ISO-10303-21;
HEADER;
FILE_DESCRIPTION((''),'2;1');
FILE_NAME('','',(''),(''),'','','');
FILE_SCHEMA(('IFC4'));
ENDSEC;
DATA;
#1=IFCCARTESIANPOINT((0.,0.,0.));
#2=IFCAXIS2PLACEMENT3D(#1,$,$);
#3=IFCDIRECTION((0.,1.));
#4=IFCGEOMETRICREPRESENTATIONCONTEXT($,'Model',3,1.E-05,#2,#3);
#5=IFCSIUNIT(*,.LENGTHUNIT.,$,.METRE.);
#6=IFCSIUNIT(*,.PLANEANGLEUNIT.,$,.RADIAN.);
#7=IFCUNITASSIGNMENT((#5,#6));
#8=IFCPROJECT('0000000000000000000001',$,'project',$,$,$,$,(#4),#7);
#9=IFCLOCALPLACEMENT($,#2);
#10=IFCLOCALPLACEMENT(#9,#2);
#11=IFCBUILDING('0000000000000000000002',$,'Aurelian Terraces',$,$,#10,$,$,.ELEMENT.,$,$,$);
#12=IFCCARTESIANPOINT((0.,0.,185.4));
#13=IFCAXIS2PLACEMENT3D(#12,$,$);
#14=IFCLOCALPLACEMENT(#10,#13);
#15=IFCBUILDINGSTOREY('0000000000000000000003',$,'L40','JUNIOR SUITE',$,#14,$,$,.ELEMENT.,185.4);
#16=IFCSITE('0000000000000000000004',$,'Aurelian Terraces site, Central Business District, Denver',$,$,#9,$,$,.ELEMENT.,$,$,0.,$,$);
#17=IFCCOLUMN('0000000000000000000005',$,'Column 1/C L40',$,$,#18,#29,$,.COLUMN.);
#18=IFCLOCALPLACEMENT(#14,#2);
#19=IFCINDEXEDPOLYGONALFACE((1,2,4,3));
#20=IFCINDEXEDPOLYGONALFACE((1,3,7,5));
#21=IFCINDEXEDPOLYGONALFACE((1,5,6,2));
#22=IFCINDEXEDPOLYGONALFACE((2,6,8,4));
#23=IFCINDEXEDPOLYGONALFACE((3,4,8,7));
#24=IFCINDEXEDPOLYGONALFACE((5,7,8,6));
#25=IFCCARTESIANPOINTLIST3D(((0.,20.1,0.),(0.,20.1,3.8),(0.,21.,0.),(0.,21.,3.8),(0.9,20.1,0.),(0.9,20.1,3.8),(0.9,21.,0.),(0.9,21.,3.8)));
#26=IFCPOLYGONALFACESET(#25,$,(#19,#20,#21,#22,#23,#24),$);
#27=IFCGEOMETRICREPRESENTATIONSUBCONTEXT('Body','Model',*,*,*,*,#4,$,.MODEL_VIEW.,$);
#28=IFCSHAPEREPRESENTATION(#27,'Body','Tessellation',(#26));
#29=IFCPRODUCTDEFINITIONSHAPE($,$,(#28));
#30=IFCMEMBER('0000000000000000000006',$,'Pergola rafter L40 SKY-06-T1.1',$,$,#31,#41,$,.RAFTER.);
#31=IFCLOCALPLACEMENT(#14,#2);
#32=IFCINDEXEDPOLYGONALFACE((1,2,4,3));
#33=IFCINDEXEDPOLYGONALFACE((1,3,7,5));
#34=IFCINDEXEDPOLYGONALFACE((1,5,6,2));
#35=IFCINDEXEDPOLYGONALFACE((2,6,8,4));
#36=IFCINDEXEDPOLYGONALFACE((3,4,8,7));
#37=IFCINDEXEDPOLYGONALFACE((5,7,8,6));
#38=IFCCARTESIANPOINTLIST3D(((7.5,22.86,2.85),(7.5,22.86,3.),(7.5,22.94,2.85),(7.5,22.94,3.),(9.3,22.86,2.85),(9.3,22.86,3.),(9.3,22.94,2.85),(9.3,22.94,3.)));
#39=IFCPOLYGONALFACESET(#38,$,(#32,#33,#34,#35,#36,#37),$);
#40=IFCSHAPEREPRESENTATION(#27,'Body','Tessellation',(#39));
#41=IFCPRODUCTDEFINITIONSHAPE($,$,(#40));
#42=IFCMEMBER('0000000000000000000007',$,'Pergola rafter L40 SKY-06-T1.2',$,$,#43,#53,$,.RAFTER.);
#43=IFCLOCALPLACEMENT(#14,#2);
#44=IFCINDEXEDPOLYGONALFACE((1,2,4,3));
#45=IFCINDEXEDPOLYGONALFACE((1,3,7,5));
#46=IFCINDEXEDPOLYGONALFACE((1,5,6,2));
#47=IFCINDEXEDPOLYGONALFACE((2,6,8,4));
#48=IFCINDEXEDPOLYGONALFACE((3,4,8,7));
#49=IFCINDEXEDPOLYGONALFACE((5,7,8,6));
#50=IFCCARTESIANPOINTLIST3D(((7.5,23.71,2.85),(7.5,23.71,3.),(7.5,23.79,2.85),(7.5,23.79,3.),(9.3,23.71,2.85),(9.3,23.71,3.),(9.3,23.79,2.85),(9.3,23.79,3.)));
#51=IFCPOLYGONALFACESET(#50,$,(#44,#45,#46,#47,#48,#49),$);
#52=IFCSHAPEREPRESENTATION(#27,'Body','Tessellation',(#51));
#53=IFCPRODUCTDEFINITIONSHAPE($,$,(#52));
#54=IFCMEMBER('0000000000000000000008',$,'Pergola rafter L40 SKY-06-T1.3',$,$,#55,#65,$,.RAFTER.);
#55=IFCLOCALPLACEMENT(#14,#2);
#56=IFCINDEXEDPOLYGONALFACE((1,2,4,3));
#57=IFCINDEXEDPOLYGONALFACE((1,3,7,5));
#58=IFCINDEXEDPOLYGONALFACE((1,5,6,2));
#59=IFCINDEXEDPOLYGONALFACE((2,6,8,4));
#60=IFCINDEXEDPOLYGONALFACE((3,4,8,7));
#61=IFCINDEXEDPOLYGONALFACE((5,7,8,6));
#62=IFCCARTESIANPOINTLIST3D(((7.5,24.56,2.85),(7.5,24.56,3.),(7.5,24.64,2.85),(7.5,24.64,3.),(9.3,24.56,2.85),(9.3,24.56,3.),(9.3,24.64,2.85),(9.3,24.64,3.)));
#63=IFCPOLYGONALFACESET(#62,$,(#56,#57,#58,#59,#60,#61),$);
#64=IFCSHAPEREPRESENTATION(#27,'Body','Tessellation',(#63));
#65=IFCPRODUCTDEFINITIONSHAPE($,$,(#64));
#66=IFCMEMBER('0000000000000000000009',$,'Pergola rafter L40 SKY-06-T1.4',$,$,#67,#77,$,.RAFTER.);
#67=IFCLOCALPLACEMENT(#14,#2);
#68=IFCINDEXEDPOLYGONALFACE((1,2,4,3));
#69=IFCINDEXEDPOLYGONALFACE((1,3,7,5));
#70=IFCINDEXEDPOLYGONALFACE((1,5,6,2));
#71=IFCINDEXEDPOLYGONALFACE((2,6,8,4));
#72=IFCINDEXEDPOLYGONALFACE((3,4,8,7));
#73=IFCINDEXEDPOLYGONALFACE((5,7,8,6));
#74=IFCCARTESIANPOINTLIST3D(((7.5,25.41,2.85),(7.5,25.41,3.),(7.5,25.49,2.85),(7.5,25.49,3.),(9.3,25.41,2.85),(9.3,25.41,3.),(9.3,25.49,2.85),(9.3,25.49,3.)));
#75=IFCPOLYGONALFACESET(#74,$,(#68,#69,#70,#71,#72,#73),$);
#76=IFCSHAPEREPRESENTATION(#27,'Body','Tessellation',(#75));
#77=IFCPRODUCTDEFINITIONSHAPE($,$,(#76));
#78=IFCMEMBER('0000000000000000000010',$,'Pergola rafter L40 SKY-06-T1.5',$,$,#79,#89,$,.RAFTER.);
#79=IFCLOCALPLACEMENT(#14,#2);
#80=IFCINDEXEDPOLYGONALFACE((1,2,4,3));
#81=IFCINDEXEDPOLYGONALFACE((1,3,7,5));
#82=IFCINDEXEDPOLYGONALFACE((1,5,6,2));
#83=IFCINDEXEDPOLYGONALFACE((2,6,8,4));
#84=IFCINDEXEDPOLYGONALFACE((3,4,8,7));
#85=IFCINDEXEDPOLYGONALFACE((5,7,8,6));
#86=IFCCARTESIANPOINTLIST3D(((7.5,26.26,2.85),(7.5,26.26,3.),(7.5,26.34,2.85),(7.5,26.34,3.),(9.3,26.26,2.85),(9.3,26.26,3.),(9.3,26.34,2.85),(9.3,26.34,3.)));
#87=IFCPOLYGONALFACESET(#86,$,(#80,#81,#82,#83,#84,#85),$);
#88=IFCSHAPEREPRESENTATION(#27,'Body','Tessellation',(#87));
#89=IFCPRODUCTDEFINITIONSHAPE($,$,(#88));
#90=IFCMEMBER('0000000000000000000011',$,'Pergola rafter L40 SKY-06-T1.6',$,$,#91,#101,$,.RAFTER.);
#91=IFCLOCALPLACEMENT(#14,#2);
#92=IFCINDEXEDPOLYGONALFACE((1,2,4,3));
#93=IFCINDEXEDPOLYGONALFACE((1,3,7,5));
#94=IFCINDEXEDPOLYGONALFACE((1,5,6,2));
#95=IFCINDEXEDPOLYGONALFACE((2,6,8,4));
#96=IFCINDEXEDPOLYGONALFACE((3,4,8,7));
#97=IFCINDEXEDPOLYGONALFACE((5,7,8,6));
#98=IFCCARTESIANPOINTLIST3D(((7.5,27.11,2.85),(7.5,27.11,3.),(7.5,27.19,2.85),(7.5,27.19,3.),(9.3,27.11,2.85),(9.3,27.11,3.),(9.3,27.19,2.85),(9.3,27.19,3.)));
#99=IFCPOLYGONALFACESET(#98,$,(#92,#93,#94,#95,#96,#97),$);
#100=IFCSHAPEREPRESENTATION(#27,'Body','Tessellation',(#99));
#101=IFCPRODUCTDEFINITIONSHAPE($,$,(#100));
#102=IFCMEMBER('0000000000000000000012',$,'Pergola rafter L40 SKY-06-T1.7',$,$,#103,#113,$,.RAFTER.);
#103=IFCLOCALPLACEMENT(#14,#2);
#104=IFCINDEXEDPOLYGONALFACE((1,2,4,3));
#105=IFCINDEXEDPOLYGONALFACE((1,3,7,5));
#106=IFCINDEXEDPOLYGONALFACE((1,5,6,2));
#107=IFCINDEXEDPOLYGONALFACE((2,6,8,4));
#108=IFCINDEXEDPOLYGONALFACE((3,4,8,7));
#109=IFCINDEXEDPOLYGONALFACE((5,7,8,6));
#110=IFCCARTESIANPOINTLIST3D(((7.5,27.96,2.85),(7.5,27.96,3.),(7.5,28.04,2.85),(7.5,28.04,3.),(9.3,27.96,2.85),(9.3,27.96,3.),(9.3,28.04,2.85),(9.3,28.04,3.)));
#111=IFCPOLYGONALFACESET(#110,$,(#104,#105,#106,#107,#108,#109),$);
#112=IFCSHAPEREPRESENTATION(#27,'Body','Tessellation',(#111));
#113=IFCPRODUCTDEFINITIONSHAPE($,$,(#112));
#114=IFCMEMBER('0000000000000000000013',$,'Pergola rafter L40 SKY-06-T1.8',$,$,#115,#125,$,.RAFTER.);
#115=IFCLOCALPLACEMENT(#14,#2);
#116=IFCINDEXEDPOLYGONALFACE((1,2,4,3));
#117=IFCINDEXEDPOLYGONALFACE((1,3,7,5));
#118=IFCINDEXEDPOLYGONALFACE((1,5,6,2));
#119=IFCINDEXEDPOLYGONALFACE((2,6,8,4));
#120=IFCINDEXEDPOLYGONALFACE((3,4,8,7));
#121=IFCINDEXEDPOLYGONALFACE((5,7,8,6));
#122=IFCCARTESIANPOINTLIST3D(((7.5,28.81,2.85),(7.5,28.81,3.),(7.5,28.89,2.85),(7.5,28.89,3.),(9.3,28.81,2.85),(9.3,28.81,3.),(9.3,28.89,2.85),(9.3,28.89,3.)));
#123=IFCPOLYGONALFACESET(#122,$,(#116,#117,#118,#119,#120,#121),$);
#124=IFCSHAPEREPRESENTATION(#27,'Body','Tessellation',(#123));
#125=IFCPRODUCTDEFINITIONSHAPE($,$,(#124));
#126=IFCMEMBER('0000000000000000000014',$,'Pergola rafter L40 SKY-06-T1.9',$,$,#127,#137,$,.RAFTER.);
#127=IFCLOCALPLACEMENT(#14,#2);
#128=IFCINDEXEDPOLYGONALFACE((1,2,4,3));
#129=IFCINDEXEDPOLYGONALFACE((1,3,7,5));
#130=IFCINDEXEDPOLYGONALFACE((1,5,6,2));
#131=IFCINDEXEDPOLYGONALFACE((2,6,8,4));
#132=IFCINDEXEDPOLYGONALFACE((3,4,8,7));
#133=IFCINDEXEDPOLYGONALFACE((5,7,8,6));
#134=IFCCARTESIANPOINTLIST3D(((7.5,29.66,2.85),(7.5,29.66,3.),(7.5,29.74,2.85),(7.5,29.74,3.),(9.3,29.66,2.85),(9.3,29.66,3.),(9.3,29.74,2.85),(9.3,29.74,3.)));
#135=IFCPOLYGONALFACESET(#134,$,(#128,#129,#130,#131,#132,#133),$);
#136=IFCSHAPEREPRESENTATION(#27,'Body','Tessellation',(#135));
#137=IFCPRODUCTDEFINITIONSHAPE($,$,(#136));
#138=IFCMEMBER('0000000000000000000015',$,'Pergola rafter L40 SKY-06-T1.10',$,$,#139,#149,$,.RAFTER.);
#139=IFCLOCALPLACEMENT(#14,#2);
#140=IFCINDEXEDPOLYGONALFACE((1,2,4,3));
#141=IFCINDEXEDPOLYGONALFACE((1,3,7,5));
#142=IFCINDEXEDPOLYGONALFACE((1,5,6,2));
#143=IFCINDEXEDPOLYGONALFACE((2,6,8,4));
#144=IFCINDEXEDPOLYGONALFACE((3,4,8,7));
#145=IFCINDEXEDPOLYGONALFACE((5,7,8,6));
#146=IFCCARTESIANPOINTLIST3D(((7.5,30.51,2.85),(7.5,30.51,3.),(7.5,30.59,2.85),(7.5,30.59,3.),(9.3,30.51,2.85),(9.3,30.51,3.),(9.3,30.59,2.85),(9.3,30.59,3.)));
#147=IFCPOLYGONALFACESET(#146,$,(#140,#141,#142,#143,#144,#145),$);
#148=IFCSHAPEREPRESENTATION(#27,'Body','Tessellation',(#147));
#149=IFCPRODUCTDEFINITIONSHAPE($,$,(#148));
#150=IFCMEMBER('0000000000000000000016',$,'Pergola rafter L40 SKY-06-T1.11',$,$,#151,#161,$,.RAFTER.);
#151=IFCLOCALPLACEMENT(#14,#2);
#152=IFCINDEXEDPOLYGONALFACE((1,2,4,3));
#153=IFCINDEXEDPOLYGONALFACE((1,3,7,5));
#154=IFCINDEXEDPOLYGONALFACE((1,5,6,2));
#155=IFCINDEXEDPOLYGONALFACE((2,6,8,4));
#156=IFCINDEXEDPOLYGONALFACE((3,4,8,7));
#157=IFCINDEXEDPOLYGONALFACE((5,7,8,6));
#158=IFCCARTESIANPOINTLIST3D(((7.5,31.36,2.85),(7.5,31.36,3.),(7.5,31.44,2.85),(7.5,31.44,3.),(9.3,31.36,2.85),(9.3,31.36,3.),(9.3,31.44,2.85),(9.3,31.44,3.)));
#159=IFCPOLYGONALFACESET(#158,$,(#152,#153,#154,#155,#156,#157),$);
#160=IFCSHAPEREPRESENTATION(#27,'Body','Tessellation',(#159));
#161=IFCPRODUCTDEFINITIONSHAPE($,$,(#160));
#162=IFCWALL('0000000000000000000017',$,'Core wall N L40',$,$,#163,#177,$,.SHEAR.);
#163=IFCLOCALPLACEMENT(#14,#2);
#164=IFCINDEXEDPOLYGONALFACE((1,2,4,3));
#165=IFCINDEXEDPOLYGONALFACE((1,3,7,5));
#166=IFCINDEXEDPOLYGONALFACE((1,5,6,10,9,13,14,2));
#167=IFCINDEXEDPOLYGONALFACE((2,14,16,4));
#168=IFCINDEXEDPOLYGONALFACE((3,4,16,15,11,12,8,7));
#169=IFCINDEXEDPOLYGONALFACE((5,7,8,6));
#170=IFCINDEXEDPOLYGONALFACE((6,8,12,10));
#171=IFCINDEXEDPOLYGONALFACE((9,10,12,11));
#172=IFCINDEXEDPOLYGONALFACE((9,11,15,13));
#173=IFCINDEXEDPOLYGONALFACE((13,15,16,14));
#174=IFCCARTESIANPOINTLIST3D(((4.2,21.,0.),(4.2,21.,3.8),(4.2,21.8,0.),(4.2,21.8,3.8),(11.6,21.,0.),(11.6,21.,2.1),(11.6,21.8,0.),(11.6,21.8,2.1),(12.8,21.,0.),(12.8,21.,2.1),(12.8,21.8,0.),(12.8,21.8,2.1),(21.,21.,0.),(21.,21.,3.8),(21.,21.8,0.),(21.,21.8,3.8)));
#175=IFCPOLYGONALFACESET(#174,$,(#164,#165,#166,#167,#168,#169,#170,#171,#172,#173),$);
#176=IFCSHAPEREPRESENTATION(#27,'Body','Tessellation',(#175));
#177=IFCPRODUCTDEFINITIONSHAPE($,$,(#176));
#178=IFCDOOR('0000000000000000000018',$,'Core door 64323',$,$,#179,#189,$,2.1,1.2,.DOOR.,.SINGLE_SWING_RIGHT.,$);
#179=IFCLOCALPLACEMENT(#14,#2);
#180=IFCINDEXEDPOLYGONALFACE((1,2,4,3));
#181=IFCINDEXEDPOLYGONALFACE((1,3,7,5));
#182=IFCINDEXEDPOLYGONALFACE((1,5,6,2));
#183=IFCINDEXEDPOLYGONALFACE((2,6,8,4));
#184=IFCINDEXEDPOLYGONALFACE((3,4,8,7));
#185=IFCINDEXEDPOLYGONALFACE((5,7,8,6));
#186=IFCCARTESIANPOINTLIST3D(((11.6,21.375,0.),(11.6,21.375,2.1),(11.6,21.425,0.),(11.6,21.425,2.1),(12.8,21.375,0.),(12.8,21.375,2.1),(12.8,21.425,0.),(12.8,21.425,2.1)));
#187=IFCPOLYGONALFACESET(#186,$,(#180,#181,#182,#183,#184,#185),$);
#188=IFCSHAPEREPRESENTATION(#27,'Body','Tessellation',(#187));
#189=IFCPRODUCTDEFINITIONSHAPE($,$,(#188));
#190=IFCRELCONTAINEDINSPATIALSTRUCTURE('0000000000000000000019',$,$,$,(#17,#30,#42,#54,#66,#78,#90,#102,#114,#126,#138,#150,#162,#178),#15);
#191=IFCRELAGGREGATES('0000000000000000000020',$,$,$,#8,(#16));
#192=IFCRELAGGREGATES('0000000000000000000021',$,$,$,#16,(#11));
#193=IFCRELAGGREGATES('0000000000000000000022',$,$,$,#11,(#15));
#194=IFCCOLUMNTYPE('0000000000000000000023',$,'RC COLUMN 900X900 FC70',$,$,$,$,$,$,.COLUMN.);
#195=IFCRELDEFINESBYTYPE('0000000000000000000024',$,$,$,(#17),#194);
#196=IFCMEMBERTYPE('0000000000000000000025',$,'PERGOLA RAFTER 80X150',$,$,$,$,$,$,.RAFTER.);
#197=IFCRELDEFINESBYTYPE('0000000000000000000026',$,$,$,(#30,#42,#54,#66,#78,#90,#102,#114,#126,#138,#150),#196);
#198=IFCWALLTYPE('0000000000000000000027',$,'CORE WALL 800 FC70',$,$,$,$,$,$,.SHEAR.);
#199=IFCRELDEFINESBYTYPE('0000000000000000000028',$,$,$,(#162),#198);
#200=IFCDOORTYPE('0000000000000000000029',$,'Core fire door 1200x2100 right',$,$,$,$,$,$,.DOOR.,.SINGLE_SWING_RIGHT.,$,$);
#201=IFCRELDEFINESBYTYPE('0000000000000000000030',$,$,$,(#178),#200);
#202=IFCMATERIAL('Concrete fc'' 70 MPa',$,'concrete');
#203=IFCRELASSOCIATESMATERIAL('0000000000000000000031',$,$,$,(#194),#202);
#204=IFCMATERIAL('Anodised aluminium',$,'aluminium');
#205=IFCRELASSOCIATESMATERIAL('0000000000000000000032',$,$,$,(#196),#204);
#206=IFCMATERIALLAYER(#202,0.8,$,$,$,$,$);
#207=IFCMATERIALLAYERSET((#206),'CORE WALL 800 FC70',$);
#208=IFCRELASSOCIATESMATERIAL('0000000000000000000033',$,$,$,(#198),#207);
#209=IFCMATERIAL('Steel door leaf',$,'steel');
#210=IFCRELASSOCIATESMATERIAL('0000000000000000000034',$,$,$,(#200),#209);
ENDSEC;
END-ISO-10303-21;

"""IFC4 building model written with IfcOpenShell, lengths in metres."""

from ifc_helpers import new_model, si_unit, direction, frame, frame_2d, origin, origin_2d, place, context, subcontext, project, spatial, rectangle, extrude, source, transform, mapped, material, layer, layer_set, material_profile, profile_set, type_object, element, fill, save


model = new_model("IFC4")

# Units and contexts
model_context = context("Model", 3, precision=1e-05, world=origin(), true_north=direction((0.0, 1.0)))
body_context = subcontext(model_context, "Body", "Model", "MODEL_VIEW")
ifc_project = project(units=[si_unit("LENGTHUNIT", "METRE"), si_unit("PLANEANGLEUNIT", "RADIAN")], contexts=[model_context])

# Site, building, storey
site_placement = place(None, origin())
site = spatial("IfcSite", under=ifc_project, at=site_placement, Name="Aurelian Terraces site, Central Business District, Denver", CompositionType="ELEMENT", RefElevation=0.0)
building_placement = place(site_placement, origin())
building = spatial("IfcBuilding", under=site, at=building_placement, Name="Aurelian Terraces", CompositionType="ELEMENT")
storey_placement = place(building_placement, frame((0.0, 0.0, 185.4)))
storey = spatial("IfcBuildingStorey", under=building, at=storey_placement, Name="L40", Description="JUNIOR SUITE", CompositionType="ELEMENT", Elevation=185.4)

# Column
ifc_material_1 = material(Name="Concrete fc' 70 MPa", Category="concrete")
ifc_material_profile_1 = material_profile(ifc_material_1, rectangle(XDim=0.9, YDim=0.9, at=origin_2d()))
ifc_profile_set_1 = profile_set([ifc_material_profile_1], Name="Concrete fc' 70 MPa")
column_type = type_object("IfcColumnType", Name="RC COLUMN 900X900 FC70", PredefinedType="COLUMN", material=ifc_profile_set_1)
shared_shape_1 = source(origin(), body_context, "Body", "SweptSolid", [
    extrude(rectangle(XDim=0.9, YDim=0.9, at=origin_2d()), origin(), (0.0, 0.0, 1.0), 3.8),
])
column_placement = place(storey_placement, frame((0.45, 20.55, 0.0), z_axis=(0.0, 0.0, 1.0), x_axis=(1.0, 0.0, 0.0)))
element("IfcColumn", 1, at=column_placement, inside=storey, type_object=column_type, Name="Column 1/C L40", PredefinedType="COLUMN", context=body_context, shape_type="MappedRepresentation", body=[
    mapped(shared_shape_1, transform((0.0, 0.0, 0.0), scale=1.0)),
])

# Members
ifc_material_2 = material(Name="Anodised aluminium", Category="aluminium")
ifc_material_profile_2 = material_profile(ifc_material_2, rectangle(XDim=0.08, YDim=0.15, at=origin_2d()))
ifc_profile_set_2 = profile_set([ifc_material_profile_2], Name="Anodised aluminium")
member_type = type_object("IfcMemberType", Name="PERGOLA RAFTER 80X150", PredefinedType="RAFTER", material=ifc_profile_set_2)
shared_shape_2 = source(origin(), body_context, "Body", "SweptSolid", [
    extrude(rectangle(XDim=0.08, YDim=0.15, at=origin_2d()), origin(), (0.0, 0.0, 1.0), 1.8),
])
for number, where, z_axis, x_axis, name in (
    (2, (7.5, 22.9, 2.925), (1.0, 0.0, 0.0), (0.0, 1.0, 0.0), "Pergola rafter L40 SKY-06-T1.1"),
    (3, (7.5, 23.75, 2.925), (1.0, 0.0, 0.0), (0.0, 1.0, 0.0), "Pergola rafter L40 SKY-06-T1.2"),
    (4, (7.5, 24.6, 2.925), (1.0, 0.0, 0.0), (0.0, 1.0, 0.0), "Pergola rafter L40 SKY-06-T1.3"),
    (5, (7.5, 25.45, 2.925), (1.0, 0.0, 0.0), (0.0, 1.0, 0.0), "Pergola rafter L40 SKY-06-T1.4"),
    (6, (7.5, 26.3, 2.925), (1.0, 0.0, 0.0), (0.0, 1.0, 0.0), "Pergola rafter L40 SKY-06-T1.5"),
    (7, (7.5, 27.15, 2.925), (1.0, 0.0, 0.0), (0.0, 1.0, 0.0), "Pergola rafter L40 SKY-06-T1.6"),
    (8, (7.5, 28.0, 2.925), (1.0, 0.0, 0.0), (0.0, 1.0, 0.0), "Pergola rafter L40 SKY-06-T1.7"),
    (9, (7.5, 28.85, 2.925), (1.0, 0.0, 0.0), (0.0, 1.0, 0.0), "Pergola rafter L40 SKY-06-T1.8"),
    (10, (7.5, 29.7, 2.925), (1.0, 0.0, 0.0), (0.0, 1.0, 0.0), "Pergola rafter L40 SKY-06-T1.9"),
    (11, (7.5, 30.55, 2.925), (1.0, 0.0, 0.0), (0.0, 1.0, 0.0), "Pergola rafter L40 SKY-06-T1.10"),
    (12, (7.5, 31.4, 2.925), (1.0, 0.0, 0.0), (0.0, 1.0, 0.0), "Pergola rafter L40 SKY-06-T1.11"),
):
    element("IfcMember", number, at=place(storey_placement, frame(where, z_axis=z_axis, x_axis=x_axis)), inside=storey, type_object=member_type, Name=name, PredefinedType="RAFTER", context=body_context, shape_type="MappedRepresentation", body=[
        mapped(shared_shape_2, transform((0.0, 0.0, 0.0), scale=1.0)),
    ])

# Wall, opening, door
ifc_layer_1 = layer(ifc_material_1, 0.8)
ifc_layer_set_1 = layer_set([ifc_layer_1], Name="CORE WALL 800 FC70")
wall_type_1 = type_object("IfcWallType", Name="CORE WALL 800 FC70", PredefinedType="SHEAR", material=ifc_layer_set_1)
shared_shape_3 = source(origin(), body_context, "Body", "SweptSolid", [
    extrude(rectangle(XDim=16.8, YDim=0.8, at=frame_2d((8.4, 0.0))), origin(), (0.0, 0.0, 1.0), 3.8),
])
wall_1_placement = place(storey_placement, frame((4.2, 21.4, 0.0), z_axis=(0.0, 0.0, 1.0), x_axis=(1.0, 0.0, 0.0)))
wall_1 = element("IfcWall", 13, at=wall_1_placement, inside=storey, type_object=wall_type_1, Name="Core wall N L40", PredefinedType="SHEAR", context=body_context, shape_type="MappedRepresentation", body=[
    mapped(shared_shape_3, transform((0.0, 0.0, 0.0), scale=1.0)),
])
shared_shape_4 = source(origin(), body_context, "Body", "SweptSolid", [
    extrude(rectangle(XDim=1.2, YDim=2.1, at=frame_2d((0.6, 1.05))), frame((0.0, 0.41, 0.0), z_axis=(0.0, -1.0, 0.0), x_axis=(1.0, 0.0, 0.0)), (0.0, 0.0, 1.0), 0.82),
])
opening_1_placement = place(wall_1_placement, frame((7.4, 0.0, 0.0)))
opening_1 = element("IfcOpeningElement", 14, at=opening_1_placement, cuts=wall_1, PredefinedType="OPENING", context=body_context, shape_type="MappedRepresentation", body=[
    mapped(shared_shape_4, transform((0.0, 0.0, 0.0), scale=1.0)),
])
ifc_material_3 = material(Name="Steel door leaf", Category="steel")
door_type = type_object("IfcDoorType", Name="Core fire door 1200x2100 right", OperationType="SINGLE_SWING_RIGHT", PredefinedType="DOOR", material=ifc_material_3)
shared_shape_5 = source(origin(), body_context, "Body", "SweptSolid", [
    extrude(rectangle(XDim=1.2, YDim=2.1, at=frame_2d((0.6, 1.05))), frame((0.0, 0.025, 0.0), z_axis=(0.0, -1.0, 0.0), x_axis=(1.0, 0.0, 0.0)), (0.0, 0.0, 1.0), 0.05),
])
door_placement = place(opening_1_placement, origin())
door = element("IfcDoor", 15, at=door_placement, inside=storey, type_object=door_type, Name="Core door 64323", OperationType="SINGLE_SWING_RIGHT", OverallHeight=2.1, OverallWidth=1.2, PredefinedType="DOOR", context=body_context, shape_type="MappedRepresentation", body=[
    mapped(shared_shape_5, transform((0.0, 0.0, 0.0), scale=1.0)),
])
fill(opening_1, door)

save(model, "model.ifc")
